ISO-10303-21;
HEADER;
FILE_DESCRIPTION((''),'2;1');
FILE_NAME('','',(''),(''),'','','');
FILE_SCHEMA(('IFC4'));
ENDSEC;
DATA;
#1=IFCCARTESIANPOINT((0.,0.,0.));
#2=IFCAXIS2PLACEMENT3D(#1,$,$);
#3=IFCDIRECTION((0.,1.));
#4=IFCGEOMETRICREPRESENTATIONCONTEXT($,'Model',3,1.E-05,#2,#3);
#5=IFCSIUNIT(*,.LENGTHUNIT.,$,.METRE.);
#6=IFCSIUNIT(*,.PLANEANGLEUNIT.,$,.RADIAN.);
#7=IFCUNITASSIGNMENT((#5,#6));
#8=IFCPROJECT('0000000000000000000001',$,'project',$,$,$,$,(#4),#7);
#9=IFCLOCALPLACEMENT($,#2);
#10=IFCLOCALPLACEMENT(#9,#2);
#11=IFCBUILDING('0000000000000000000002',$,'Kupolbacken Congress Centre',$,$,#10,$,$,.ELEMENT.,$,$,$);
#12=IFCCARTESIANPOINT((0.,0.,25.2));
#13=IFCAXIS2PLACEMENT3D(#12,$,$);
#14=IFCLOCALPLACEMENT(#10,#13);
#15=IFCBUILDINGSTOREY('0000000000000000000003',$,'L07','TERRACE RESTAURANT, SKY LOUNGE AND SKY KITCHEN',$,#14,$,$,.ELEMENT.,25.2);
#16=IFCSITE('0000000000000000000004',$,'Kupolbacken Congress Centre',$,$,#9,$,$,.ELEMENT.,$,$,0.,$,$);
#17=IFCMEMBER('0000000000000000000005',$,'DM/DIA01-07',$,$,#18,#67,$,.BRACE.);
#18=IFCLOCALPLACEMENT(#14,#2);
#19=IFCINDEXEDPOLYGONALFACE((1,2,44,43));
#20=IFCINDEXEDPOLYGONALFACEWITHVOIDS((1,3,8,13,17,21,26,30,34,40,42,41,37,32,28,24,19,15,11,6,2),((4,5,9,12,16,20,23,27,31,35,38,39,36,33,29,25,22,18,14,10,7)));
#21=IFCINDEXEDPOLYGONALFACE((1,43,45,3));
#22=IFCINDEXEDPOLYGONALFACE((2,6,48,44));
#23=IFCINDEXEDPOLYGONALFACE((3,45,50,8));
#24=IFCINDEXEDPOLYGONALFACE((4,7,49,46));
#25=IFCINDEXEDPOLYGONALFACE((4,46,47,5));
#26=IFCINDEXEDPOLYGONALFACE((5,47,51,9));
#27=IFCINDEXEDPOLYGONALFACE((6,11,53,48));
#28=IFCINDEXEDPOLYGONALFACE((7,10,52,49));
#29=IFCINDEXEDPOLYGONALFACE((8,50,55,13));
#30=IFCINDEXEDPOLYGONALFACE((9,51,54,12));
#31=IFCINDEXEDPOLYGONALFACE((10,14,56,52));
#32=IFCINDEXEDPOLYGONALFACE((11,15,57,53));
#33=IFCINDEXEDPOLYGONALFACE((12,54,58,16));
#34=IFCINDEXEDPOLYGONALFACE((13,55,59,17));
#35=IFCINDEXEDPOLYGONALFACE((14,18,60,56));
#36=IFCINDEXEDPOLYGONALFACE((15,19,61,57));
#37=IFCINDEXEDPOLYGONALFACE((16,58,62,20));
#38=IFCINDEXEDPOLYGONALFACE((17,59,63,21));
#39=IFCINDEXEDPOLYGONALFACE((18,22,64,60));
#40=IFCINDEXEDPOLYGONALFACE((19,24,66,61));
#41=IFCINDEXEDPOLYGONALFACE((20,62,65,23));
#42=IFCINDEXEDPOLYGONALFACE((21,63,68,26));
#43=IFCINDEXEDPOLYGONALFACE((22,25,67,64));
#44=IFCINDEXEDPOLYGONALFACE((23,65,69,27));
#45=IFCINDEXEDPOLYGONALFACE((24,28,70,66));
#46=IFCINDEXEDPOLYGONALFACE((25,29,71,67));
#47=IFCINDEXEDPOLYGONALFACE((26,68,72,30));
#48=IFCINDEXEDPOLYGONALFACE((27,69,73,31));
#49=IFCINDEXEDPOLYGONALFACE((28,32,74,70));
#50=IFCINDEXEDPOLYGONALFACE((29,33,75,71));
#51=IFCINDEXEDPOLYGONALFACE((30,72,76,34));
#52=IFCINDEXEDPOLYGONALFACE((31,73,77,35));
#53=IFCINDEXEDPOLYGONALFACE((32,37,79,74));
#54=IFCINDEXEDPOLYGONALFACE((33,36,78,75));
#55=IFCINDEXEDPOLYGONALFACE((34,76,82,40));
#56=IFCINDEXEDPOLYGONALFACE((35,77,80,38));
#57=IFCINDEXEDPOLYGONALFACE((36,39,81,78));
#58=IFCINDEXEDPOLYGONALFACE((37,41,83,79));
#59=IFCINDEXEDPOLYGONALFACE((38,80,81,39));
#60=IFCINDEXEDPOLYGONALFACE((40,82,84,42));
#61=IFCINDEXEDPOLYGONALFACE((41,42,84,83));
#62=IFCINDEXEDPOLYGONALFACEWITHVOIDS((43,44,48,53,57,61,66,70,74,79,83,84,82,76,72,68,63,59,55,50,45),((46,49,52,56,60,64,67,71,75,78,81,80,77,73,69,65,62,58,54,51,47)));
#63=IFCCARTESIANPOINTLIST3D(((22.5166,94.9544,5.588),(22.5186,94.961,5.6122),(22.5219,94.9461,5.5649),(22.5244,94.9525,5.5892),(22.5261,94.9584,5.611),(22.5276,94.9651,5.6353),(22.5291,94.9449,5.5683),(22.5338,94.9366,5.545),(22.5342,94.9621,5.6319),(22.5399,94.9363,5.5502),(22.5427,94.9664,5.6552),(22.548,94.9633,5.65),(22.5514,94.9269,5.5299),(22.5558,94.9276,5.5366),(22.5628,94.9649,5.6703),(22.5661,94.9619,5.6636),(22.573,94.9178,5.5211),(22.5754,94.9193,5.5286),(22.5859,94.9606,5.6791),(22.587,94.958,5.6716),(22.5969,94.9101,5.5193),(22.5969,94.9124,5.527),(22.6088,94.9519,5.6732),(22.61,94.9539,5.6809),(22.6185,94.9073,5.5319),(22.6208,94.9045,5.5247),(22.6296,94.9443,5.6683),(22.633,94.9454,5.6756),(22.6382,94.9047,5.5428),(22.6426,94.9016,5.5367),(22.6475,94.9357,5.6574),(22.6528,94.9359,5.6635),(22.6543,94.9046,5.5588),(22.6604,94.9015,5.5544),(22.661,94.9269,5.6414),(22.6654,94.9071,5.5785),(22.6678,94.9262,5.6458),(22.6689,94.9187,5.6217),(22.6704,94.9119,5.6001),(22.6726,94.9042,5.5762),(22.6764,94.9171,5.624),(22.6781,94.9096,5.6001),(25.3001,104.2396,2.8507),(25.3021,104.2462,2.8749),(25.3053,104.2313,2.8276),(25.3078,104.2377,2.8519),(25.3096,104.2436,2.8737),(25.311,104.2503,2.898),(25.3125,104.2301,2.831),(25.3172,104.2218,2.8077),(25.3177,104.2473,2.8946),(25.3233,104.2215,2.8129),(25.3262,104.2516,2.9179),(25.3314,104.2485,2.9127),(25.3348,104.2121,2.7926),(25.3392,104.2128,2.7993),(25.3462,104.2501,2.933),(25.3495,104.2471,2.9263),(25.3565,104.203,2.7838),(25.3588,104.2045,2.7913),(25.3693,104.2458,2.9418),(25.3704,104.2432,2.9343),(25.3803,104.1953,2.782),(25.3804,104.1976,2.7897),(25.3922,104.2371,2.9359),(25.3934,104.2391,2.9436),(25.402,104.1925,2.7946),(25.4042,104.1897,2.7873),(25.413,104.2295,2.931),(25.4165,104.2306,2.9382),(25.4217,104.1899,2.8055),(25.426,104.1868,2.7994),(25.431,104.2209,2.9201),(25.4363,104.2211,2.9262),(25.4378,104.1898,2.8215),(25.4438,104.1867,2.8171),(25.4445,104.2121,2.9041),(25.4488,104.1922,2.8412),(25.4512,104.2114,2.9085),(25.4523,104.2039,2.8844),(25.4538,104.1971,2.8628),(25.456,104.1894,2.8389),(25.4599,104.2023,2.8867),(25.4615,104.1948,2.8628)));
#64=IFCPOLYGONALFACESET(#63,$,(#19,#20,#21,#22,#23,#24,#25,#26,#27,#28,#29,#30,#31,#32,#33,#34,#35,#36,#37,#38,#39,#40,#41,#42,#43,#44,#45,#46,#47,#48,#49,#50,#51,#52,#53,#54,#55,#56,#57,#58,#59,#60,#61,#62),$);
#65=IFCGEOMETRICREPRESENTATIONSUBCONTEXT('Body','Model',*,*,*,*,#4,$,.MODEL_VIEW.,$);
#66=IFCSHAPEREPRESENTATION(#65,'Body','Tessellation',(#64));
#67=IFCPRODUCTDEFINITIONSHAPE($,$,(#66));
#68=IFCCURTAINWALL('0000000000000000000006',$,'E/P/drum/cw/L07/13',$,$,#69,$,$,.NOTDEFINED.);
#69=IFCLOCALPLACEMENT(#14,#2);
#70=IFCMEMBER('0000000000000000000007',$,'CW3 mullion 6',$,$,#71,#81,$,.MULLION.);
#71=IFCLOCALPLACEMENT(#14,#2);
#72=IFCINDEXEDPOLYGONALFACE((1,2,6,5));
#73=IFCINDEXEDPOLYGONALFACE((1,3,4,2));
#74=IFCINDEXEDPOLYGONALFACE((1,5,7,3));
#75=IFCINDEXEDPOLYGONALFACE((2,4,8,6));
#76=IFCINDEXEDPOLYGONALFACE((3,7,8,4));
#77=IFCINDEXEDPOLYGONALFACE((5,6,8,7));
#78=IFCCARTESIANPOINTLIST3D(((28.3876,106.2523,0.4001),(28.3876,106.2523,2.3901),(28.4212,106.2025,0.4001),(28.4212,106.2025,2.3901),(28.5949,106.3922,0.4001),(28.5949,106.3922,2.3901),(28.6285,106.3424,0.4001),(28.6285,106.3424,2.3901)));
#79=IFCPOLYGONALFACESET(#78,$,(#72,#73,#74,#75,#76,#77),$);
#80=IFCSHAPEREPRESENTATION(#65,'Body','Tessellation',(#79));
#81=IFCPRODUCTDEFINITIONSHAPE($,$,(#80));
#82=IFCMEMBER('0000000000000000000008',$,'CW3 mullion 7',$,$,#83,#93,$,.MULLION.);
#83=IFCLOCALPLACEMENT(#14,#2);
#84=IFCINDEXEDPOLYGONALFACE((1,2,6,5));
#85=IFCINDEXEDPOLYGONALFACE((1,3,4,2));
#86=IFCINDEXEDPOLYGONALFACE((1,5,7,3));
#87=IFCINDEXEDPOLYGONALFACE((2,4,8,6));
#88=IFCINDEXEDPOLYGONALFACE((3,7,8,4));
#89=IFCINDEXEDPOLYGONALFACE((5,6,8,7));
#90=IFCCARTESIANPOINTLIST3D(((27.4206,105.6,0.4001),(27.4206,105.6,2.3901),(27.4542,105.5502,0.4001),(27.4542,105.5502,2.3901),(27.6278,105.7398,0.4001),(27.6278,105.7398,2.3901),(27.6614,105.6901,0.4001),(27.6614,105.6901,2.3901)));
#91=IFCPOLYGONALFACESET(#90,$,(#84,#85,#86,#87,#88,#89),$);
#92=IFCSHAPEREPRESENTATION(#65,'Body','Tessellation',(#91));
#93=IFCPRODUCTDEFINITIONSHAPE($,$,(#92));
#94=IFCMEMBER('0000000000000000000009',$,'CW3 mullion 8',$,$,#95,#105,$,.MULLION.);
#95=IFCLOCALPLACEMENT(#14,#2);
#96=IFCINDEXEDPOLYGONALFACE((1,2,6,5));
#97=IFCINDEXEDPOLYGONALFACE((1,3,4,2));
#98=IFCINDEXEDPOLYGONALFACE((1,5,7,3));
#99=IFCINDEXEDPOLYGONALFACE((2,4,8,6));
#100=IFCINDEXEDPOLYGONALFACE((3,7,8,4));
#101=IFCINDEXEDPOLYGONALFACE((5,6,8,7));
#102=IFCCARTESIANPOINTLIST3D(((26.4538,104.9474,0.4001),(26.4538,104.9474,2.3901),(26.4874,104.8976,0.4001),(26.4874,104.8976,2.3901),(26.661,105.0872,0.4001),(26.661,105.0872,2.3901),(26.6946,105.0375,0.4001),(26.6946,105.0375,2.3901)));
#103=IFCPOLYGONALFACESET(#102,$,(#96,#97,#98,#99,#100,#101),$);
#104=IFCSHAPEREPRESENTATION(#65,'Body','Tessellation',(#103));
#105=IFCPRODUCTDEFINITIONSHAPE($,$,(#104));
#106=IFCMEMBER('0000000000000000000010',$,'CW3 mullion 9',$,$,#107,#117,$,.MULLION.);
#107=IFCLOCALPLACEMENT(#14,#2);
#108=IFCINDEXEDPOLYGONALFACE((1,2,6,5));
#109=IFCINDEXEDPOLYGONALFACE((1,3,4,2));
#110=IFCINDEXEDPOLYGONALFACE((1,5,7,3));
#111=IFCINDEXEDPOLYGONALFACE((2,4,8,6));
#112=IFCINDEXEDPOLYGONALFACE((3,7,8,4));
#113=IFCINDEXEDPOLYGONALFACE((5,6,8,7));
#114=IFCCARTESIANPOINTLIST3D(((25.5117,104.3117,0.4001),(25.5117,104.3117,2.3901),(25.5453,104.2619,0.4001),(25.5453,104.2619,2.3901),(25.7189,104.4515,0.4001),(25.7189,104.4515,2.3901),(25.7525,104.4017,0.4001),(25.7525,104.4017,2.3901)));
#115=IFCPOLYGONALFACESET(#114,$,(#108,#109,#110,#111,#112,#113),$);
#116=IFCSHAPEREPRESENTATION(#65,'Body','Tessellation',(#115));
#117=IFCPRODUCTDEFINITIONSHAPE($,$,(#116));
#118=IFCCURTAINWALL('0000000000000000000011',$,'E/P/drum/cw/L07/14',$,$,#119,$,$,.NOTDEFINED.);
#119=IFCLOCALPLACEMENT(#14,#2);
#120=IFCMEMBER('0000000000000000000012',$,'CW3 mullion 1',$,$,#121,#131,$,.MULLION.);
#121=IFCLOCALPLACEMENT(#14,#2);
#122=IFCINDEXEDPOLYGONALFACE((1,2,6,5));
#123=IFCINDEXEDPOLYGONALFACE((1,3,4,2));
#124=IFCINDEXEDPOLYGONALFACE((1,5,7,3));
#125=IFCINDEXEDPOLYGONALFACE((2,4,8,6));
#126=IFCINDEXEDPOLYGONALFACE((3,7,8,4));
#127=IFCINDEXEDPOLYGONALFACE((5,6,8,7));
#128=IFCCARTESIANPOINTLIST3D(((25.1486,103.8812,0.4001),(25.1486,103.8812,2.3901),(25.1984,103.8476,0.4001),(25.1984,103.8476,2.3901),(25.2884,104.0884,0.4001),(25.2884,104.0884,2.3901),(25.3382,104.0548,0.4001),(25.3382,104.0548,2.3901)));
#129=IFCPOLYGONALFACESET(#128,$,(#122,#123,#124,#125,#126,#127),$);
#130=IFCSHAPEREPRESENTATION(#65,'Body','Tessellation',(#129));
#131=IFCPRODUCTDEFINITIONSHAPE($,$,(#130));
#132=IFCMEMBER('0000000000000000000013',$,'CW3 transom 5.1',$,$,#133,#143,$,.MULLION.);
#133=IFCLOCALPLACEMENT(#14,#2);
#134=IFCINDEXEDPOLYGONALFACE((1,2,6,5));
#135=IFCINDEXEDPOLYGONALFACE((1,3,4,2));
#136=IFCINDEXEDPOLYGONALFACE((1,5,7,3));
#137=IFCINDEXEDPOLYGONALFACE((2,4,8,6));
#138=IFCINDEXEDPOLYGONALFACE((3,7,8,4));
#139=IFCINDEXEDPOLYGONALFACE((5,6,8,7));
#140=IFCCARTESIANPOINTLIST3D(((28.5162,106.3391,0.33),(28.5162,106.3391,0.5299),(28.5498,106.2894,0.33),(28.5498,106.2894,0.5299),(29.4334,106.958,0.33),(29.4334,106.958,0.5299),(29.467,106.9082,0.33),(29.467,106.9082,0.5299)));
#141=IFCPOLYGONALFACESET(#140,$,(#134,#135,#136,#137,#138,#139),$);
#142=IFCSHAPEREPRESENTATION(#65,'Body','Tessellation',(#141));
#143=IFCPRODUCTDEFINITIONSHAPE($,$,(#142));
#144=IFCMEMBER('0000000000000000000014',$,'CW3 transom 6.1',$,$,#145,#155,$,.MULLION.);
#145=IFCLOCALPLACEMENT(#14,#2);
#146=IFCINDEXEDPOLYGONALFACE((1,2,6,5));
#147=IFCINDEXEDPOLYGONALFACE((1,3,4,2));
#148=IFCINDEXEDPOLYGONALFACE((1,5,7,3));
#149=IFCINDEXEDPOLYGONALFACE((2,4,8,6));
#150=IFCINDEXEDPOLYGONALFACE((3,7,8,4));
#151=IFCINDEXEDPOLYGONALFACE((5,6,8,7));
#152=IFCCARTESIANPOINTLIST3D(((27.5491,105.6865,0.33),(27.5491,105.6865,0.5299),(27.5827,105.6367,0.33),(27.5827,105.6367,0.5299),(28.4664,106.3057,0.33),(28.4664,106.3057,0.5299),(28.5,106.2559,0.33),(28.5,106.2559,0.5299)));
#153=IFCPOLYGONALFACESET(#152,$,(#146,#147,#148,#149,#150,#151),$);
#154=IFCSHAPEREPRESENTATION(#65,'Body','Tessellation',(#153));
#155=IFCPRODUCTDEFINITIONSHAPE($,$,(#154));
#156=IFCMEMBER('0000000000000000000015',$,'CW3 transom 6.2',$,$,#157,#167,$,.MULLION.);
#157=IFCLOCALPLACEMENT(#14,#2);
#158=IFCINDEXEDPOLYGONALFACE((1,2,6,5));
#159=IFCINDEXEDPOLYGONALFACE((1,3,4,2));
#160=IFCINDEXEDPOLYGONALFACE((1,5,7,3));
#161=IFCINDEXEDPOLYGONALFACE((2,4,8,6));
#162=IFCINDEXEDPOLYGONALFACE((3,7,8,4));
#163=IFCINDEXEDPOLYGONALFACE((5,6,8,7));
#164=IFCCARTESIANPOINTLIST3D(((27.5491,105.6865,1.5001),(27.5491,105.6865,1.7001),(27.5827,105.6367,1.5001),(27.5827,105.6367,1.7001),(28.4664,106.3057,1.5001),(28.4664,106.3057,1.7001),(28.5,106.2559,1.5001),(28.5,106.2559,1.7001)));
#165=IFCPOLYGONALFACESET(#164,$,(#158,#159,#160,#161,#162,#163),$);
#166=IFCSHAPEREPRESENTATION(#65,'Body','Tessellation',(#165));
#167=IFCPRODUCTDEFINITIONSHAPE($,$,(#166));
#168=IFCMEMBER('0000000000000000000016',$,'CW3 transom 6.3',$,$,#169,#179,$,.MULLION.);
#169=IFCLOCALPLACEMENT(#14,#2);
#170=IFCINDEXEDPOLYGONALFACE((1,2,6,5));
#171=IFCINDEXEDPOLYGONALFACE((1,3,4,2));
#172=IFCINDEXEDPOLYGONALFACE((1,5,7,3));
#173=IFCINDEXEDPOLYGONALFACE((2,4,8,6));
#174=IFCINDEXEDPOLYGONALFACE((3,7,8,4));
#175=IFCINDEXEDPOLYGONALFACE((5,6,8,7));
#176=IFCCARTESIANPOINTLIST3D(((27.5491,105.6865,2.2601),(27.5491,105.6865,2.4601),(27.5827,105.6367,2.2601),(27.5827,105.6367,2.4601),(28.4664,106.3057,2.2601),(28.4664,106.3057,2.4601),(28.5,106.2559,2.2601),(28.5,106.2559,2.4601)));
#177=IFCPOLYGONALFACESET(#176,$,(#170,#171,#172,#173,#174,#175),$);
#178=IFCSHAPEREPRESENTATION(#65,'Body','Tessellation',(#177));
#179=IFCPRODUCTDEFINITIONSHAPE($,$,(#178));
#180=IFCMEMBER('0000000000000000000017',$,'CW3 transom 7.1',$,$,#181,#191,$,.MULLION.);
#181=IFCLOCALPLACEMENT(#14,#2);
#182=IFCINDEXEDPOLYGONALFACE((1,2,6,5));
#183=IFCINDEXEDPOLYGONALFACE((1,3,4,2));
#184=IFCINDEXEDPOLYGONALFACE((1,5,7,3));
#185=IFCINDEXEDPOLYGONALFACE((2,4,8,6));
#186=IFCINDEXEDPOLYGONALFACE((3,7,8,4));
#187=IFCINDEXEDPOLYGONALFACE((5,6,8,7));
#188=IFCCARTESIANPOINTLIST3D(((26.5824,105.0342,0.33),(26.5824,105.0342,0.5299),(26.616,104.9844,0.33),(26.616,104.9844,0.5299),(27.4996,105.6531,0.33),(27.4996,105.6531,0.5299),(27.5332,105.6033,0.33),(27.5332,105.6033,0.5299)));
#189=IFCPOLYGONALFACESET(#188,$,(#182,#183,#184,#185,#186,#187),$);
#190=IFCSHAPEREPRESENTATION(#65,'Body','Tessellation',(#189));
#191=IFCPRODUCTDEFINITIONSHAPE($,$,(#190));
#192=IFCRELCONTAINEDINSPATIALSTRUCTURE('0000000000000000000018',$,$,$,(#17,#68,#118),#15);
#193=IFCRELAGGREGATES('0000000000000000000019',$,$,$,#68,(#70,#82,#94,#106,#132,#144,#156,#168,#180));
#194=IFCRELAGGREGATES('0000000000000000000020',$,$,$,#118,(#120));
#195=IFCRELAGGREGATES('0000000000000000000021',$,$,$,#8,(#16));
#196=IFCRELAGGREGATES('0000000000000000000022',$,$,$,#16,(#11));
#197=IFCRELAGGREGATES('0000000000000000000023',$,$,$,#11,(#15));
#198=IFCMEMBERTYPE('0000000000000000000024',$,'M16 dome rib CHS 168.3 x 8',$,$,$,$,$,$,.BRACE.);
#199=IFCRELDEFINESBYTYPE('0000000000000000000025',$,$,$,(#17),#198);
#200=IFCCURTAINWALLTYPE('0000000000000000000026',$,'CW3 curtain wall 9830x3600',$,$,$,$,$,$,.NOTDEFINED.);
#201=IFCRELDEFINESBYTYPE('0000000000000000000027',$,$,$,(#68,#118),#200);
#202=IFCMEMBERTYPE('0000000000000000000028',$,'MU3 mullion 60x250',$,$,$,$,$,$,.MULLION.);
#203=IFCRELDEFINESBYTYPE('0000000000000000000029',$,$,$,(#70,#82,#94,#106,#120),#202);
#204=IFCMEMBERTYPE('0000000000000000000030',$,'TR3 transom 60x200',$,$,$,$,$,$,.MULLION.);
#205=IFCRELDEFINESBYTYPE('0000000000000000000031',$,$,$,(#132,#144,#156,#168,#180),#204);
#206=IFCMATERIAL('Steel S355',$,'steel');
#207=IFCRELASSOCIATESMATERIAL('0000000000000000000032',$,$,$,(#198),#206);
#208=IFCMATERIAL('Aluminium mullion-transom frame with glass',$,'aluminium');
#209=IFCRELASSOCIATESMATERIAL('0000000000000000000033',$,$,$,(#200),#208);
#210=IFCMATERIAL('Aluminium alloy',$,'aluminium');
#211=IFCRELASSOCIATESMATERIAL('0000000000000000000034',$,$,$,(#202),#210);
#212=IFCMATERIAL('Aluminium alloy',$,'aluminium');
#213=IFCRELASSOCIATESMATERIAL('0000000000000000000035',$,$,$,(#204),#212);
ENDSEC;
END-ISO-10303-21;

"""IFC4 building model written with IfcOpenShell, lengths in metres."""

from ifc_helpers import new_model, si_unit, direction, frame, origin, origin_2d, place, context, subcontext, project, spatial, rectangle, hollow_circle, extrude, material, material_profile, profile_set, type_object, element, aggregate, save


model = new_model("IFC4")

# Units and contexts
model_context = context("Model", 3, precision=1e-05, world=origin(), true_north=direction((0.0, 1.0)))
body_context = subcontext(model_context, "Body", "Model", "MODEL_VIEW")
ifc_project = project(units=[si_unit("LENGTHUNIT", "METRE"), si_unit("PLANEANGLEUNIT", "RADIAN")], contexts=[model_context])

# Site, building, storey
site_placement = place(None, origin())
site = spatial("IfcSite", under=ifc_project, at=site_placement, Name="Kupolbacken Congress Centre", CompositionType="ELEMENT", RefElevation=0.0)
building_placement = place(site_placement, origin())
building = spatial("IfcBuilding", under=site, at=building_placement, Name="Kupolbacken Congress Centre", CompositionType="ELEMENT")
storey_placement = place(building_placement, frame((0.0, 0.0, 25.2)))
storey = spatial("IfcBuildingStorey", under=building, at=storey_placement, Name="L07", Description="TERRACE RESTAURANT, SKY LOUNGE AND SKY KITCHEN", CompositionType="ELEMENT", Elevation=25.2)

# Member
ifc_material_1 = material(Name="Steel S355", Category="steel")
ifc_material_profile_1 = material_profile(ifc_material_1, hollow_circle(Radius=0.0842, WallThickness=0.0081, at=origin_2d()), Name="CHS 168.3 x 8")
ifc_profile_set_1 = profile_set([ifc_material_profile_1], Name="Steel S355")
member_type_1 = type_object("IfcMemberType", Name="M16 dome rib CHS 168.3 x 8", PredefinedType="BRACE", material=ifc_profile_set_1)
member_1_placement = place(storey_placement, frame((25.3809, 104.219, 2.8628), z_axis=(-0.276342, -0.921836, 0.271761), x_axis=(0.957886, -0.287149, 0.0)))
element("IfcMember", 1, at=member_1_placement, inside=storey, type_object=member_type_1, Name="DM/DIA01-07", PredefinedType="BRACE", context=body_context, shape_type="SweptSolid", body=[
    extrude(hollow_circle(Radius=0.0842, WallThickness=0.0081, at=origin_2d()), origin(), (0.0, 0.0, 1.0), 10.0725),
])

# Curtain wall, members
ifc_material_2 = material(Name="Aluminium mullion-transom frame with glass", Category="aluminium")
curtain_wall_type = type_object("IfcCurtainWallType", Name="CW3 curtain wall 9830x3600", PredefinedType="NOTDEFINED", material=ifc_material_2)
curtain_wall_1_placement = place(storey_placement, origin())
curtain_wall_1 = element("IfcCurtainWall", 2, at=curtain_wall_1_placement, inside=storey, type_object=curtain_wall_type, Name="E/P/drum/cw/L07/13", PredefinedType="NOTDEFINED")
ifc_material_3 = material(Name="Aluminium alloy", Category="aluminium")
ifc_material_profile_2 = material_profile(ifc_material_3, rectangle(XDim=0.0601, YDim=0.25, at=origin_2d()), Name="60 x 250")
ifc_profile_set_2 = profile_set([ifc_material_profile_2], Name="Aluminium alloy")
member_type_2 = type_object("IfcMemberType", Name="MU3 mullion 60x250", PredefinedType="MULLION", material=ifc_profile_set_2)
member_2_placement = place(storey_placement, frame((28.5081, 106.2974, 0.4001), z_axis=(0.0, 0.0, 1.0), x_axis=(0.559386, -0.828908, 0.0)))
member_2 = element("IfcMember", 3, at=member_2_placement, type_object=member_type_2, Name="CW3 mullion 6", PredefinedType="MULLION", context=body_context, shape_type="SweptSolid", body=[
    extrude(rectangle(XDim=0.0601, YDim=0.25, at=origin_2d()), origin(), (0.0, 0.0, 1.0), 1.99),
])
member_3_placement = place(storey_placement, frame((27.541, 105.645, 0.4001), z_axis=(0.0, 0.0, 1.0), x_axis=(0.559386, -0.828908, 0.0)))
member_3 = element("IfcMember", 4, at=member_3_placement, type_object=member_type_2, Name="CW3 mullion 7", PredefinedType="MULLION", context=body_context, shape_type="SweptSolid", body=[
    extrude(rectangle(XDim=0.0601, YDim=0.25, at=origin_2d()), origin(), (0.0, 0.0, 1.0), 1.99),
])
member_4_placement = place(storey_placement, frame((26.5742, 104.9924, 0.4001), z_axis=(0.0, 0.0, 1.0), x_axis=(0.559386, -0.828908, 0.0)))
member_4 = element("IfcMember", 5, at=member_4_placement, type_object=member_type_2, Name="CW3 mullion 8", PredefinedType="MULLION", context=body_context, shape_type="SweptSolid", body=[
    extrude(rectangle(XDim=0.0601, YDim=0.25, at=origin_2d()), origin(), (0.0, 0.0, 1.0), 1.99),
])
member_5_placement = place(storey_placement, frame((25.6321, 104.3567, 0.4001), z_axis=(0.0, 0.0, 1.0), x_axis=(0.559386, -0.828908, 0.0)))
member_5 = element("IfcMember", 6, at=member_5_placement, type_object=member_type_2, Name="CW3 mullion 9", PredefinedType="MULLION", context=body_context, shape_type="SweptSolid", body=[
    extrude(rectangle(XDim=0.0601, YDim=0.25, at=origin_2d()), origin(), (0.0, 0.0, 1.0), 1.99),
])

# Curtain wall, member
curtain_wall_2_placement = place(storey_placement, origin())
curtain_wall_2 = element("IfcCurtainWall", 7, at=curtain_wall_2_placement, inside=storey, type_object=curtain_wall_type, Name="E/P/drum/cw/L07/14", PredefinedType="NOTDEFINED")
member_6_placement = place(storey_placement, frame((25.2434, 103.968, 0.4001), z_axis=(0.0, 0.0, 1.0), x_axis=(0.828908, -0.559386, 0.0)))
member_6 = element("IfcMember", 8, at=member_6_placement, type_object=member_type_2, Name="CW3 mullion 1", PredefinedType="MULLION", context=body_context, shape_type="SweptSolid", body=[
    extrude(rectangle(XDim=0.0601, YDim=0.25, at=origin_2d()), origin(), (0.0, 0.0, 1.0), 1.99),
])

# Members
ifc_material_4 = material(Name="Aluminium alloy", Category="aluminium")
ifc_material_profile_3 = material_profile(ifc_material_4, rectangle(XDim=0.0601, YDim=0.2, at=origin_2d()), Name="60 x 200")
ifc_profile_set_3 = profile_set([ifc_material_profile_3], Name="Aluminium alloy")
member_type_3 = type_object("IfcMemberType", Name="TR3 transom 60x200", PredefinedType="MULLION", material=ifc_profile_set_3)
member_7_placement = place(storey_placement, frame((29.4502, 106.9331, 0.4299), z_axis=(-0.828948, -0.559325, 0.0), x_axis=(0.559325, -0.828948, 0.0)))
member_7 = element("IfcMember", 9, at=member_7_placement, type_object=member_type_3, Name="CW3 transom 5.1", PredefinedType="MULLION", context=body_context, shape_type="SweptSolid", body=[
    extrude(rectangle(XDim=0.0601, YDim=0.2, at=origin_2d()), origin(), (0.0, 0.0, 1.0), 1.1064),
])
member_8_placement = place(storey_placement, frame((28.4832, 106.2808, 0.4299), z_axis=(-0.828846, -0.559477, 0.0), x_axis=(0.559477, -0.828846, 0.0)))
member_8 = element("IfcMember", 10, at=member_8_placement, type_object=member_type_3, Name="CW3 transom 6.1", PredefinedType="MULLION", context=body_context, shape_type="SweptSolid", body=[
    extrude(rectangle(XDim=0.0601, YDim=0.2, at=origin_2d()), origin(), (0.0, 0.0, 1.0), 1.1067),
])
member_9_placement = place(storey_placement, frame((28.4832, 106.2808, 1.6001), z_axis=(-0.828846, -0.559477, 0.0), x_axis=(0.559477, -0.828846, 0.0)))
member_9 = element("IfcMember", 11, at=member_9_placement, type_object=member_type_3, Name="CW3 transom 6.2", PredefinedType="MULLION", context=body_context, shape_type="SweptSolid", body=[
    extrude(rectangle(XDim=0.0601, YDim=0.2, at=origin_2d()), origin(), (0.0, 0.0, 1.0), 1.1067),
])
member_10_placement = place(storey_placement, frame((28.4832, 106.2808, 2.3601), z_axis=(-0.828846, -0.559477, 0.0), x_axis=(0.559477, -0.828846, 0.0)))
member_10 = element("IfcMember", 12, at=member_10_placement, type_object=member_type_3, Name="CW3 transom 6.3", PredefinedType="MULLION", context=body_context, shape_type="SweptSolid", body=[
    extrude(rectangle(XDim=0.0601, YDim=0.2, at=origin_2d()), origin(), (0.0, 0.0, 1.0), 1.1067),
])
member_11_placement = place(storey_placement, frame((27.5164, 105.6282, 0.4299), z_axis=(-0.828948, -0.559325, 0.0), x_axis=(0.559325, -0.828948, 0.0)))
member_11 = element("IfcMember", 13, at=member_11_placement, type_object=member_type_3, Name="CW3 transom 7.1", PredefinedType="MULLION", context=body_context, shape_type="SweptSolid", body=[
    extrude(rectangle(XDim=0.0601, YDim=0.2, at=origin_2d()), origin(), (0.0, 0.0, 1.0), 1.1064),
])

aggregate(curtain_wall_1, [member_2, member_3, member_4, member_5, member_7, member_8, member_9, member_10, member_11])
aggregate(curtain_wall_2, [member_6])

save(model, "model.ifc")
